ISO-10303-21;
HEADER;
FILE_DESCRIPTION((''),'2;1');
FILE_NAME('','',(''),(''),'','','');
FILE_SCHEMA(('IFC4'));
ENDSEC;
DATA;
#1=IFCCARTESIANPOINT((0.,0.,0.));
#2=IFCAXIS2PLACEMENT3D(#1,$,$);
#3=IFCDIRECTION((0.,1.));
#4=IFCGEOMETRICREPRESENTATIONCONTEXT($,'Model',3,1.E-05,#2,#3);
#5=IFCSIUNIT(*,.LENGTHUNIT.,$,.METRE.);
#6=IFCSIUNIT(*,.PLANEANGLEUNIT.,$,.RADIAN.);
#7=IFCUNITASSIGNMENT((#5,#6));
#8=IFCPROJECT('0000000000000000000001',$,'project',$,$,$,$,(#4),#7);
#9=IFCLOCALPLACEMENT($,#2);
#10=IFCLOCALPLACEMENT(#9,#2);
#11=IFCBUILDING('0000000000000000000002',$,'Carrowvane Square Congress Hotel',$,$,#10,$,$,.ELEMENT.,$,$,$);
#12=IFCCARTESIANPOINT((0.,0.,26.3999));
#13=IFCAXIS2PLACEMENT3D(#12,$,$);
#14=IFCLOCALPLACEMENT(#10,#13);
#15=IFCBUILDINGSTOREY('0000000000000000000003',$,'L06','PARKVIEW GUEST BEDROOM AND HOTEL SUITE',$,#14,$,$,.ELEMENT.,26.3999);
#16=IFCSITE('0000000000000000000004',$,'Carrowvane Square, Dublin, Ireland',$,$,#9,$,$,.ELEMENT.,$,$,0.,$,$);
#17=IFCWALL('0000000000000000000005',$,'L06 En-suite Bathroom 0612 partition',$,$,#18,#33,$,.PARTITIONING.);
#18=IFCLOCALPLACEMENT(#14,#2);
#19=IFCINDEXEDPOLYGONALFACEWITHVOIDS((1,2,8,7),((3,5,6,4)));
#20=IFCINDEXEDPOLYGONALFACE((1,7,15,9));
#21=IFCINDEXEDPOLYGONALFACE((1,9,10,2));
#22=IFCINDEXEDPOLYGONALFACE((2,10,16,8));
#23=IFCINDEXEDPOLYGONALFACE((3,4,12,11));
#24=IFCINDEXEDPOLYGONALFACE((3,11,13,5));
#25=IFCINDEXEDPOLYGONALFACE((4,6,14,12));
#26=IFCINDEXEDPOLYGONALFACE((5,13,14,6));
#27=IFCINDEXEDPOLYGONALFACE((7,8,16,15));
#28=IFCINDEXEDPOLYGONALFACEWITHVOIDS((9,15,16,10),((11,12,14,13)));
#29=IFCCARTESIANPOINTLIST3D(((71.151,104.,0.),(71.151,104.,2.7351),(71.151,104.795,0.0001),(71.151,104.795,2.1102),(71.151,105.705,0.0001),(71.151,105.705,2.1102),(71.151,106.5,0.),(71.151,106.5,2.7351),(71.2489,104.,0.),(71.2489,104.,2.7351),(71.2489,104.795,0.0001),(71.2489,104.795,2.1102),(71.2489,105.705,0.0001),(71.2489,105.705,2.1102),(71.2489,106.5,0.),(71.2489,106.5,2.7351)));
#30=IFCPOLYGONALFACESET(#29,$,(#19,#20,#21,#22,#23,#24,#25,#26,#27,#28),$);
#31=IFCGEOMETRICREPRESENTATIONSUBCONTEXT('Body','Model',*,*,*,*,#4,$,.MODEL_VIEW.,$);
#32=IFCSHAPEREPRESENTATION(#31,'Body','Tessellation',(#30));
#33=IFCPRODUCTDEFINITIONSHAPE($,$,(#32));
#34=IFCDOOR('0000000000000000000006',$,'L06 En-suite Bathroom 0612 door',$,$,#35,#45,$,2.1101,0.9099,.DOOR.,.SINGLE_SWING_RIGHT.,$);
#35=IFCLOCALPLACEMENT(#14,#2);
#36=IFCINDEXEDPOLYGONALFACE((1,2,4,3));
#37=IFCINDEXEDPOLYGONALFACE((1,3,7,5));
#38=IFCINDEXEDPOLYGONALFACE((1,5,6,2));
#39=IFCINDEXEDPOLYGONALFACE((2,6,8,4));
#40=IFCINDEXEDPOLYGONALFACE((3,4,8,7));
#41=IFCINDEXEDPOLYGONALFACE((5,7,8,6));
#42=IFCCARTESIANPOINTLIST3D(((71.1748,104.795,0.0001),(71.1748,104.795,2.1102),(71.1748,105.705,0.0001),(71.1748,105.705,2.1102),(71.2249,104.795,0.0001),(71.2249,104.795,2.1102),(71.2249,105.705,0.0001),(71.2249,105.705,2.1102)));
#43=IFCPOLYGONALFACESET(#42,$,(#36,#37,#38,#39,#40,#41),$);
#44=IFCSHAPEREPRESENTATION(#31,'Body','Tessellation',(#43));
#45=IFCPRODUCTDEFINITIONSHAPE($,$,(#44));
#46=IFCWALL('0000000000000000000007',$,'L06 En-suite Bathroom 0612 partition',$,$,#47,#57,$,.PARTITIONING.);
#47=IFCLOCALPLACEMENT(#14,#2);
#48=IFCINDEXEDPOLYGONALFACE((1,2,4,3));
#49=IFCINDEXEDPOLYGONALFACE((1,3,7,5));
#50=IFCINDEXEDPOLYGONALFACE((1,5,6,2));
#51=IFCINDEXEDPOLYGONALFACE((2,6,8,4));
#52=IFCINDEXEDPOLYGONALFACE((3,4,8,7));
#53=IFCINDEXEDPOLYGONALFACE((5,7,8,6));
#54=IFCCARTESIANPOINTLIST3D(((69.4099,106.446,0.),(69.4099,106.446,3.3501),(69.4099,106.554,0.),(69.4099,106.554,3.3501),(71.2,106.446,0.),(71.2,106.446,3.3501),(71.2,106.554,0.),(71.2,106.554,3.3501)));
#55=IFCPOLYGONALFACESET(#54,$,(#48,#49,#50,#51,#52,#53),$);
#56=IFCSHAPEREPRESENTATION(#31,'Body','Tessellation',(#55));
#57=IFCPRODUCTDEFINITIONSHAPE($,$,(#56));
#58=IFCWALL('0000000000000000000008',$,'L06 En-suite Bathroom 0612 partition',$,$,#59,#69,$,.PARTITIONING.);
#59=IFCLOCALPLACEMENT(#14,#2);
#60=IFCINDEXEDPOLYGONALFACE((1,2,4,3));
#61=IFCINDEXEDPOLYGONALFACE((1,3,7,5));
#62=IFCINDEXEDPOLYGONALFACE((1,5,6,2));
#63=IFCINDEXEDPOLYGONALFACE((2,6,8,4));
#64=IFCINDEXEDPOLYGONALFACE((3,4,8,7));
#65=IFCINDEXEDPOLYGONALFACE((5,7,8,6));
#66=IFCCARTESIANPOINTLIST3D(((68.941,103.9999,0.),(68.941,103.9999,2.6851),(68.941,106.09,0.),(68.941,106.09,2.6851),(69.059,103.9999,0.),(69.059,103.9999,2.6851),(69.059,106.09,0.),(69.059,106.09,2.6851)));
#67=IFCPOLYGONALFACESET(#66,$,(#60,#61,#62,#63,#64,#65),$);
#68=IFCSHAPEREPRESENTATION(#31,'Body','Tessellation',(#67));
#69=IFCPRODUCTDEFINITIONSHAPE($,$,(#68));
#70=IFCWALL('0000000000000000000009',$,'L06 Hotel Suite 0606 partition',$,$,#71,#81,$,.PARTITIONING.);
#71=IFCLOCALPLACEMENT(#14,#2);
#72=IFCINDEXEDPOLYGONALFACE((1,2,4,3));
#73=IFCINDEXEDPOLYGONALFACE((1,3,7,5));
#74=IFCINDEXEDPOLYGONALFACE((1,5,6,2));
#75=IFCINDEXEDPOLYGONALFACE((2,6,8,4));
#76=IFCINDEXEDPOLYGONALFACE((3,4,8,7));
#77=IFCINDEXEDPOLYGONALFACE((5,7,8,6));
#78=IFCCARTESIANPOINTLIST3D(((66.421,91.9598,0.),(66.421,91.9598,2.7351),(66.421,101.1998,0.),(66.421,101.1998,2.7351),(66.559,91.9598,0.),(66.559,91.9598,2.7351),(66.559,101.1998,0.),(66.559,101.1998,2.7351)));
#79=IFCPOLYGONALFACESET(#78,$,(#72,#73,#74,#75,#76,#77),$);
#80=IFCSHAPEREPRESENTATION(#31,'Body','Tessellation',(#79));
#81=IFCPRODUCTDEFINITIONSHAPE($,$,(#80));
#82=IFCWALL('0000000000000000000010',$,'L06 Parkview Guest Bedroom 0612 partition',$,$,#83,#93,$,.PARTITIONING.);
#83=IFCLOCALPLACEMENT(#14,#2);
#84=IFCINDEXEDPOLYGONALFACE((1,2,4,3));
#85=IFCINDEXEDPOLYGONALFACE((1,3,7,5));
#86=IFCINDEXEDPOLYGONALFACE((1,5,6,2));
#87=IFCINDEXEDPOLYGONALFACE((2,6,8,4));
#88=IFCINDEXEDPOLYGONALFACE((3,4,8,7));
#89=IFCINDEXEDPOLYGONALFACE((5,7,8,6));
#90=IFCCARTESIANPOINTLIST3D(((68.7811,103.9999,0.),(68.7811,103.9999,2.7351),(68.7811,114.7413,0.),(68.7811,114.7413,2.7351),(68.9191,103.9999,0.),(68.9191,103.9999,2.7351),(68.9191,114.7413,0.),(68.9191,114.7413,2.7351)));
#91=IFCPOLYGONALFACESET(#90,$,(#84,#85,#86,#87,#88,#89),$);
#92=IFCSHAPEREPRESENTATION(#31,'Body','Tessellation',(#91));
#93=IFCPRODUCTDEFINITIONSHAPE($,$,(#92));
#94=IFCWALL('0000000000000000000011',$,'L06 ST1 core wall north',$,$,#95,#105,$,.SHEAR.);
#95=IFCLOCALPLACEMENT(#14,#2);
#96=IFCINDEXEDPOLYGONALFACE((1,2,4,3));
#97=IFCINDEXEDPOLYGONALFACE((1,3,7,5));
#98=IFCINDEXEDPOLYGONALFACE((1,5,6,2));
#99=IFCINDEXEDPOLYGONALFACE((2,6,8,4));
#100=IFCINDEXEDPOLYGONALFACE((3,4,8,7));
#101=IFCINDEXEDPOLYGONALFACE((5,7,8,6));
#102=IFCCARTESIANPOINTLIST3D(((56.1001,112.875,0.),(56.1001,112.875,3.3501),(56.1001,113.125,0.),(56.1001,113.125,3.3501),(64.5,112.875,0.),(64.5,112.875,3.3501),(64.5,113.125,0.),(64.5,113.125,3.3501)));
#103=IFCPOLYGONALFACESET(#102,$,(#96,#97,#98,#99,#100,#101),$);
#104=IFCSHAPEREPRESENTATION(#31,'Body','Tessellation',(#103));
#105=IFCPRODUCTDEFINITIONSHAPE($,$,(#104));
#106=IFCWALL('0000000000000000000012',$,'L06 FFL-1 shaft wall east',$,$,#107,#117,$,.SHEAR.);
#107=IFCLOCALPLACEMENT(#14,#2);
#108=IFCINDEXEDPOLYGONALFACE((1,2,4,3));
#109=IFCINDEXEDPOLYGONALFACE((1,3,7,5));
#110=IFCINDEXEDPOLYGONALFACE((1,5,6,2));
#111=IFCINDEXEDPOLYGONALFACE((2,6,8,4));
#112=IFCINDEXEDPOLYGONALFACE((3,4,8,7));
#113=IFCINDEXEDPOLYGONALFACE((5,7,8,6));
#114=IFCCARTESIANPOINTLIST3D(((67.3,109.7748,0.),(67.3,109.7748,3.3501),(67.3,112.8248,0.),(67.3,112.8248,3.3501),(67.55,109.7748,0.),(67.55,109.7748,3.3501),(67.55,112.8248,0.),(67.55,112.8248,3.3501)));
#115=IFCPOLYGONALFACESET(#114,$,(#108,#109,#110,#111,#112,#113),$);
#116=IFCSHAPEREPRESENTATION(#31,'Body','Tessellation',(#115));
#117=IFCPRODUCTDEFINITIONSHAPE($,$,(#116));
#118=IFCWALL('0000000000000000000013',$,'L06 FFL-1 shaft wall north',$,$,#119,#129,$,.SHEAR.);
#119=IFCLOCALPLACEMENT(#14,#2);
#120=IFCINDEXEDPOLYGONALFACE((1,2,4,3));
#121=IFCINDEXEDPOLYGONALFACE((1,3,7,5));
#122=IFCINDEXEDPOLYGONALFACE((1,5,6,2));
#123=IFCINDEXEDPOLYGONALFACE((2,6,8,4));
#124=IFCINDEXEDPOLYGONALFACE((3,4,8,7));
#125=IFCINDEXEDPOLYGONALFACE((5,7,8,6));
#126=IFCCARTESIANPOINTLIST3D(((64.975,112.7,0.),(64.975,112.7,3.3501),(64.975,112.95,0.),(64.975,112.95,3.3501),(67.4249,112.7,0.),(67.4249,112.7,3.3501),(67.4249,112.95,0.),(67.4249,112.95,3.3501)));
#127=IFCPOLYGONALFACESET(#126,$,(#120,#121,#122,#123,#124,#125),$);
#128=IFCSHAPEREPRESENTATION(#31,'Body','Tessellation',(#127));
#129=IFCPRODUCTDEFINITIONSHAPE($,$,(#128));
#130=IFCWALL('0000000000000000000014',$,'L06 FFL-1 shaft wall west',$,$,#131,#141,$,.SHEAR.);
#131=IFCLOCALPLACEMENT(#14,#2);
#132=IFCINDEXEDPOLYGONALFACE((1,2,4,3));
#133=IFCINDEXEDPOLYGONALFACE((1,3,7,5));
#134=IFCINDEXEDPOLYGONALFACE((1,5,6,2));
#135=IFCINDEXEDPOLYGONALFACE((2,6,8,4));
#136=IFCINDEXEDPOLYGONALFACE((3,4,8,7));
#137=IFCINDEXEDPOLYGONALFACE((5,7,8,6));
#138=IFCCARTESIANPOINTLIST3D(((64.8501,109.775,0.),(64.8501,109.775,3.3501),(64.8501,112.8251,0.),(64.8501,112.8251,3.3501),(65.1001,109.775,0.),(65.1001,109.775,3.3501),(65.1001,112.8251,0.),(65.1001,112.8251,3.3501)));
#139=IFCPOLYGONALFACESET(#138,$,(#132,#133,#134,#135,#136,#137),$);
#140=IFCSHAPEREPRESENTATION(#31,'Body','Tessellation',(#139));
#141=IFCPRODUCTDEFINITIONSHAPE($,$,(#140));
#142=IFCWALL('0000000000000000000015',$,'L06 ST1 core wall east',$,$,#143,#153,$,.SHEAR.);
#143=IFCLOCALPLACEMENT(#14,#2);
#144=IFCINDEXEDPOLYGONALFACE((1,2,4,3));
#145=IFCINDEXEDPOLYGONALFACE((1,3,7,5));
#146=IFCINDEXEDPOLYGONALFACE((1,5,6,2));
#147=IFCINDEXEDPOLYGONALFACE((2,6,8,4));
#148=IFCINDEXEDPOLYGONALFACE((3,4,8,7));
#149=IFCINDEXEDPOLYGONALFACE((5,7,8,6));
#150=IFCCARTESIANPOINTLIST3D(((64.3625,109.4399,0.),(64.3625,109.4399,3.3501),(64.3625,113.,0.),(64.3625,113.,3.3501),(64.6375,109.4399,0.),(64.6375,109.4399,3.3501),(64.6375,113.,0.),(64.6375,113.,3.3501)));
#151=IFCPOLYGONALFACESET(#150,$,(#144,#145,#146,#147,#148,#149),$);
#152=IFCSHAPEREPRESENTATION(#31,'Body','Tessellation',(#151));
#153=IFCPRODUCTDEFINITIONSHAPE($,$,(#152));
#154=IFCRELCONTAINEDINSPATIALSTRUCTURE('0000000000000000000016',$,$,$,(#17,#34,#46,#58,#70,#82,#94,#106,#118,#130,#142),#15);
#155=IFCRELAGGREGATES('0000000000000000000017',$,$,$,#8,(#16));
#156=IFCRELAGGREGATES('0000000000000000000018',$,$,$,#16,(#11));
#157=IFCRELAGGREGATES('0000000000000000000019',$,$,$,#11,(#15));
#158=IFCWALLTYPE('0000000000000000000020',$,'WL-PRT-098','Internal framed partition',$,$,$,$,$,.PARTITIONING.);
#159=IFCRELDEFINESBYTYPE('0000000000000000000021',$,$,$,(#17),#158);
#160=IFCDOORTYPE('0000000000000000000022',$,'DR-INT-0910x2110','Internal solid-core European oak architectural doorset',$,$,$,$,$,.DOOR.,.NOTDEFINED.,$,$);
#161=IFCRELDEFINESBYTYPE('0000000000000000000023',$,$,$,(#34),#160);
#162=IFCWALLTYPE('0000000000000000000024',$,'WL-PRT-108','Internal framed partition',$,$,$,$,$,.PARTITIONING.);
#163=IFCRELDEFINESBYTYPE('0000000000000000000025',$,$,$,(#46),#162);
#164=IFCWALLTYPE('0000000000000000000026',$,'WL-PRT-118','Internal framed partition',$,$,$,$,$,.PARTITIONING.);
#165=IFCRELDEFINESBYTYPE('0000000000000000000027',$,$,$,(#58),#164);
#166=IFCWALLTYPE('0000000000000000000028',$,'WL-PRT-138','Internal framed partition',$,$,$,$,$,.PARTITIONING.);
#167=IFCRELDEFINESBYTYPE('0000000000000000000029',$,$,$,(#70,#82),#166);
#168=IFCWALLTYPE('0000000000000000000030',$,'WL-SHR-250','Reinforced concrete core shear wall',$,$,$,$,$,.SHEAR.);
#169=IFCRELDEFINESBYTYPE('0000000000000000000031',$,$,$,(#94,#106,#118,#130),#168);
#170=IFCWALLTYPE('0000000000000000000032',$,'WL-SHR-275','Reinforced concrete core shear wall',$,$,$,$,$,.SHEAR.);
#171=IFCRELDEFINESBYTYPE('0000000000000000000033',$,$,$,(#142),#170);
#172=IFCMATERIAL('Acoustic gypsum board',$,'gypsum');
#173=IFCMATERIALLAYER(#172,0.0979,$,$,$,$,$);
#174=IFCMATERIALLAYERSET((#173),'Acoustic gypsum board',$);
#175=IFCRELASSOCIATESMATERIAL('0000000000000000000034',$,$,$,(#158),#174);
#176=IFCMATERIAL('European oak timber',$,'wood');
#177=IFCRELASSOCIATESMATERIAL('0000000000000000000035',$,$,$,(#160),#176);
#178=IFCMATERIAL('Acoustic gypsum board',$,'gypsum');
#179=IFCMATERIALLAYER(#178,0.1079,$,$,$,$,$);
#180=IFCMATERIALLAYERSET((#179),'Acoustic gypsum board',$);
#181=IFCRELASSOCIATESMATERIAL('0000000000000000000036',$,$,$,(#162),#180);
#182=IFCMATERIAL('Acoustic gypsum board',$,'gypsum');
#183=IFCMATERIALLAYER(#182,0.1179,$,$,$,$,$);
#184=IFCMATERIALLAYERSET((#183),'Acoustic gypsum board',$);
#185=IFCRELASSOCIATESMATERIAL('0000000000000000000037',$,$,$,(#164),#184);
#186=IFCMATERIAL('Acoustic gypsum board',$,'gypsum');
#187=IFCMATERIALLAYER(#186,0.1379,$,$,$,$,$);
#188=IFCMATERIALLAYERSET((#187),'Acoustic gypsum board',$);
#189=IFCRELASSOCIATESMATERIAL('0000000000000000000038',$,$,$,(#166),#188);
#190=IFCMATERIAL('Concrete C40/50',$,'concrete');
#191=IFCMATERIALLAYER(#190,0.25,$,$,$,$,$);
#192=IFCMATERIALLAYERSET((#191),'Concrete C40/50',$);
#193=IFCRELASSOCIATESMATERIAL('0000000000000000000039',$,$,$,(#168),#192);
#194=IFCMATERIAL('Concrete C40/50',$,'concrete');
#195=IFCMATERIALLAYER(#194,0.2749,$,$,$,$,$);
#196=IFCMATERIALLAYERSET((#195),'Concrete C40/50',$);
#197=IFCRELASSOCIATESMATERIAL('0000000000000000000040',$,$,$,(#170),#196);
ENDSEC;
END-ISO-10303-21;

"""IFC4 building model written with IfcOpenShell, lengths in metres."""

from ifc_helpers import new_model, si_unit, direction, frame, frame_2d, origin, place, context, subcontext, project, spatial, rectangle, extrude, material, layer, layer_set, type_object, element, fill, save


model = new_model("IFC4")

# Units and contexts
model_context = context("Model", 3, precision=1e-05, world=origin(), true_north=direction((0.0, 1.0)))
body_context = subcontext(model_context, "Body", "Model", "MODEL_VIEW")
ifc_project = project(units=[si_unit("LENGTHUNIT", "METRE"), si_unit("PLANEANGLEUNIT", "RADIAN")], contexts=[model_context])

# Site, building, storey
site_placement = place(None, origin())
site = spatial("IfcSite", under=ifc_project, at=site_placement, Name="Carrowvane Square, Dublin, Ireland", CompositionType="ELEMENT", RefElevation=0.0)
building_placement = place(site_placement, origin())
building = spatial("IfcBuilding", under=site, at=building_placement, Name="Carrowvane Square Congress Hotel", CompositionType="ELEMENT")
storey_placement = place(building_placement, frame((0.0, 0.0, 26.3999)))
storey = spatial("IfcBuildingStorey", under=building, at=storey_placement, Name="L06", Description="PARKVIEW GUEST BEDROOM AND HOTEL SUITE", CompositionType="ELEMENT", Elevation=26.3999)

# Wall, opening, door
ifc_material_1 = material(Name="Acoustic gypsum board", Category="gypsum")
ifc_layer_1 = layer(ifc_material_1, 0.0979)
ifc_layer_set_1 = layer_set([ifc_layer_1], Name="Acoustic gypsum board")
wall_type_1 = type_object("IfcWallType", Name="WL-PRT-098", Description="Internal framed partition", PredefinedType="PARTITIONING", material=ifc_layer_set_1)
wall_1_placement = place(storey_placement, frame((71.2, 106.5, 0.0), z_axis=(0.0, 0.0, 1.0), x_axis=(0.0, -1.0, 0.0)))
wall_1 = element("IfcWall", 1, at=wall_1_placement, inside=storey, type_object=wall_type_1, Name="L06 En-suite Bathroom 0612 partition", PredefinedType="PARTITIONING", context=body_context, shape_type="SweptSolid", body=[
    extrude(rectangle(XDim=2.5, YDim=0.0979, at=frame_2d((1.25, 0.0))), origin(), (0.0, 0.0, 1.0), 2.7351),
])
opening_1_placement = place(wall_1_placement, frame((0.7949, 0.0, 0.0)))
opening_1 = element("IfcOpeningElement", 2, at=opening_1_placement, cuts=wall_1, PredefinedType="OPENING", context=body_context, shape_type="SweptSolid", body=[
    extrude(rectangle(XDim=0.9099, YDim=2.1101, at=frame_2d((0.4551, 1.0552))), frame((0.0, 0.0588, 0.0), z_axis=(0.0, -1.0, 0.0), x_axis=(1.0, 0.0, 0.0)), (0.0, 0.0, 1.0), 0.1179),
])
ifc_material_2 = material(Name="European oak timber", Category="wood")
door_type_1 = type_object("IfcDoorType", Name="DR-INT-0910x2110", Description="Internal solid-core European oak architectural doorset", OperationType="NOTDEFINED", PredefinedType="DOOR", material=ifc_material_2)
door_1_placement = place(opening_1_placement, origin())
door_1 = element("IfcDoor", 3, at=door_1_placement, inside=storey, type_object=door_type_1, Name="L06 En-suite Bathroom 0612 door", OperationType="SINGLE_SWING_RIGHT", OverallHeight=2.1101, OverallWidth=0.9099, PredefinedType="DOOR", context=body_context, shape_type="SweptSolid", body=[
    extrude(rectangle(XDim=0.9099, YDim=2.1101, at=frame_2d((0.4551, 1.0552))), frame((0.0, 0.0249, 0.0), z_axis=(0.0, -1.0, 0.0), x_axis=(1.0, 0.0, 0.0)), (0.0, 0.0, 1.0), 0.05),
])
fill(opening_1, door_1)

# Walls
ifc_material_3 = material(Name="Acoustic gypsum board", Category="gypsum")
ifc_layer_2 = layer(ifc_material_3, 0.1079)
ifc_layer_set_2 = layer_set([ifc_layer_2], Name="Acoustic gypsum board")
wall_type_2 = type_object("IfcWallType", Name="WL-PRT-108", Description="Internal framed partition", PredefinedType="PARTITIONING", material=ifc_layer_set_2)
wall_2_placement = place(storey_placement, frame((69.4099, 106.5, 0.0), z_axis=(0.0, 0.0, 1.0), x_axis=(1.0, 0.0, 0.0)))
element("IfcWall", 4, at=wall_2_placement, inside=storey, type_object=wall_type_2, Name="L06 En-suite Bathroom 0612 partition", PredefinedType="PARTITIONING", context=body_context, shape_type="SweptSolid", body=[
    extrude(rectangle(XDim=1.79, YDim=0.1079, at=frame_2d((0.895, 0.0))), origin(), (0.0, 0.0, 1.0), 3.3501),
])
ifc_material_4 = material(Name="Acoustic gypsum board", Category="gypsum")
ifc_layer_3 = layer(ifc_material_4, 0.1179)
ifc_layer_set_3 = layer_set([ifc_layer_3], Name="Acoustic gypsum board")
wall_type_3 = type_object("IfcWallType", Name="WL-PRT-118", Description="Internal framed partition", PredefinedType="PARTITIONING", material=ifc_layer_set_3)
wall_3_placement = place(storey_placement, frame((69.0, 104.0, 0.0), z_axis=(0.0, 0.0, 1.0), x_axis=(0.0, 1.0, 0.0)))
element("IfcWall", 5, at=wall_3_placement, inside=storey, type_object=wall_type_3, Name="L06 En-suite Bathroom 0612 partition", PredefinedType="PARTITIONING", context=body_context, shape_type="SweptSolid", body=[
    extrude(rectangle(XDim=2.0901, YDim=0.1179, at=frame_2d((1.0449, 0.0))), origin(), (0.0, 0.0, 1.0), 2.6851),
])
ifc_material_5 = material(Name="Acoustic gypsum board", Category="gypsum")
ifc_layer_4 = layer(ifc_material_5, 0.1379)
ifc_layer_set_4 = layer_set([ifc_layer_4], Name="Acoustic gypsum board")
wall_type_4 = type_object("IfcWallType", Name="WL-PRT-138", Description="Internal framed partition", PredefinedType="PARTITIONING", material=ifc_layer_set_4)
wall_4_placement = place(storey_placement, frame((66.49, 101.2, 0.0), z_axis=(0.0, 0.0, 1.0), x_axis=(0.0, -1.0, 0.0)))
element("IfcWall", 6, at=wall_4_placement, inside=storey, type_object=wall_type_4, Name="L06 Hotel Suite 0606 partition", PredefinedType="PARTITIONING", context=body_context, shape_type="SweptSolid", body=[
    extrude(rectangle(XDim=9.24, YDim=0.1379, at=frame_2d((4.6201, 0.0))), origin(), (0.0, 0.0, 1.0), 2.7351),
])
wall_5_placement = place(storey_placement, frame((68.8501, 104.0, 0.0), z_axis=(0.0, 0.0, 1.0), x_axis=(0.0, 1.0, 0.0)))
element("IfcWall", 7, at=wall_5_placement, inside=storey, type_object=wall_type_4, Name="L06 Parkview Guest Bedroom 0612 partition", PredefinedType="PARTITIONING", context=body_context, shape_type="SweptSolid", body=[
    extrude(rectangle(XDim=10.7415, YDim=0.1379, at=frame_2d((5.3706, 0.0))), origin(), (0.0, 0.0, 1.0), 2.7351),
])
ifc_material_6 = material(Name="Concrete C40/50", Category="concrete")
ifc_layer_5 = layer(ifc_material_6, 0.25)
ifc_layer_set_5 = layer_set([ifc_layer_5], Name="Concrete C40/50")
wall_type_5 = type_object("IfcWallType", Name="WL-SHR-250", Description="Reinforced concrete core shear wall", PredefinedType="SHEAR", material=ifc_layer_set_5)
wall_6_placement = place(storey_placement, frame((64.5, 113.0, 0.0), z_axis=(0.0, 0.0, 1.0), x_axis=(-1.0, 0.0, 0.0)))
element("IfcWall", 8, at=wall_6_placement, inside=storey, type_object=wall_type_5, Name="L06 ST1 core wall north", PredefinedType="SHEAR", context=body_context, shape_type="SweptSolid", body=[
    extrude(rectangle(XDim=8.3999, YDim=0.25, at=frame_2d((4.2, 0.0))), origin(), (0.0, 0.0, 1.0), 3.3501),
])

# Walls
wall_7_placement = place(storey_placement, frame((67.425, 109.7749, 0.0), z_axis=(0.0, 0.0, 1.0), x_axis=(0.0, 1.0, 0.0)))
element("IfcWall", 9, at=wall_7_placement, inside=storey, type_object=wall_type_5, Name="L06 FFL-1 shaft wall east", PredefinedType="SHEAR", context=body_context, shape_type="SweptSolid", body=[
    extrude(rectangle(XDim=3.05, YDim=0.25, at=frame_2d((1.5249, 0.0))), origin(), (0.0, 0.0, 1.0), 3.3501),
])
wall_8_placement = place(storey_placement, frame((67.425, 112.825, 0.0), z_axis=(0.0, 0.0, 1.0), x_axis=(-1.0, 0.0, 0.0)))
element("IfcWall", 10, at=wall_8_placement, inside=storey, type_object=wall_type_5, Name="L06 FFL-1 shaft wall north", PredefinedType="SHEAR", context=body_context, shape_type="SweptSolid", body=[
    extrude(rectangle(XDim=2.45, YDim=0.25, at=frame_2d((1.2251, 0.0))), origin(), (0.0, 0.0, 1.0), 3.3501),
])
wall_9_placement = place(storey_placement, frame((64.9751, 112.825, 0.0), z_axis=(0.0, 0.0, 1.0), x_axis=(0.0, -1.0, 0.0)))
element("IfcWall", 11, at=wall_9_placement, inside=storey, type_object=wall_type_5, Name="L06 FFL-1 shaft wall west", PredefinedType="SHEAR", context=body_context, shape_type="SweptSolid", body=[
    extrude(rectangle(XDim=3.05, YDim=0.25, at=frame_2d((1.5249, 0.0))), origin(), (0.0, 0.0, 1.0), 3.3501),
])
ifc_material_7 = material(Name="Concrete C40/50", Category="concrete")
ifc_layer_6 = layer(ifc_material_7, 0.2749)
ifc_layer_set_6 = layer_set([ifc_layer_6], Name="Concrete C40/50")
wall_type_6 = type_object("IfcWallType", Name="WL-SHR-275", Description="Reinforced concrete core shear wall", PredefinedType="SHEAR", material=ifc_layer_set_6)
wall_10_placement = place(storey_placement, frame((64.5, 109.4399, 0.0), z_axis=(0.0, 0.0, 1.0), x_axis=(0.0, 1.0, 0.0)))
element("IfcWall", 12, at=wall_10_placement, inside=storey, type_object=wall_type_6, Name="L06 ST1 core wall east", PredefinedType="SHEAR", context=body_context, shape_type="SweptSolid", body=[
    extrude(rectangle(XDim=3.5601, YDim=0.2749, at=frame_2d((1.78, 0.0))), origin(), (0.0, 0.0, 1.0), 3.3501),
])

save(model, "model.ifc")
